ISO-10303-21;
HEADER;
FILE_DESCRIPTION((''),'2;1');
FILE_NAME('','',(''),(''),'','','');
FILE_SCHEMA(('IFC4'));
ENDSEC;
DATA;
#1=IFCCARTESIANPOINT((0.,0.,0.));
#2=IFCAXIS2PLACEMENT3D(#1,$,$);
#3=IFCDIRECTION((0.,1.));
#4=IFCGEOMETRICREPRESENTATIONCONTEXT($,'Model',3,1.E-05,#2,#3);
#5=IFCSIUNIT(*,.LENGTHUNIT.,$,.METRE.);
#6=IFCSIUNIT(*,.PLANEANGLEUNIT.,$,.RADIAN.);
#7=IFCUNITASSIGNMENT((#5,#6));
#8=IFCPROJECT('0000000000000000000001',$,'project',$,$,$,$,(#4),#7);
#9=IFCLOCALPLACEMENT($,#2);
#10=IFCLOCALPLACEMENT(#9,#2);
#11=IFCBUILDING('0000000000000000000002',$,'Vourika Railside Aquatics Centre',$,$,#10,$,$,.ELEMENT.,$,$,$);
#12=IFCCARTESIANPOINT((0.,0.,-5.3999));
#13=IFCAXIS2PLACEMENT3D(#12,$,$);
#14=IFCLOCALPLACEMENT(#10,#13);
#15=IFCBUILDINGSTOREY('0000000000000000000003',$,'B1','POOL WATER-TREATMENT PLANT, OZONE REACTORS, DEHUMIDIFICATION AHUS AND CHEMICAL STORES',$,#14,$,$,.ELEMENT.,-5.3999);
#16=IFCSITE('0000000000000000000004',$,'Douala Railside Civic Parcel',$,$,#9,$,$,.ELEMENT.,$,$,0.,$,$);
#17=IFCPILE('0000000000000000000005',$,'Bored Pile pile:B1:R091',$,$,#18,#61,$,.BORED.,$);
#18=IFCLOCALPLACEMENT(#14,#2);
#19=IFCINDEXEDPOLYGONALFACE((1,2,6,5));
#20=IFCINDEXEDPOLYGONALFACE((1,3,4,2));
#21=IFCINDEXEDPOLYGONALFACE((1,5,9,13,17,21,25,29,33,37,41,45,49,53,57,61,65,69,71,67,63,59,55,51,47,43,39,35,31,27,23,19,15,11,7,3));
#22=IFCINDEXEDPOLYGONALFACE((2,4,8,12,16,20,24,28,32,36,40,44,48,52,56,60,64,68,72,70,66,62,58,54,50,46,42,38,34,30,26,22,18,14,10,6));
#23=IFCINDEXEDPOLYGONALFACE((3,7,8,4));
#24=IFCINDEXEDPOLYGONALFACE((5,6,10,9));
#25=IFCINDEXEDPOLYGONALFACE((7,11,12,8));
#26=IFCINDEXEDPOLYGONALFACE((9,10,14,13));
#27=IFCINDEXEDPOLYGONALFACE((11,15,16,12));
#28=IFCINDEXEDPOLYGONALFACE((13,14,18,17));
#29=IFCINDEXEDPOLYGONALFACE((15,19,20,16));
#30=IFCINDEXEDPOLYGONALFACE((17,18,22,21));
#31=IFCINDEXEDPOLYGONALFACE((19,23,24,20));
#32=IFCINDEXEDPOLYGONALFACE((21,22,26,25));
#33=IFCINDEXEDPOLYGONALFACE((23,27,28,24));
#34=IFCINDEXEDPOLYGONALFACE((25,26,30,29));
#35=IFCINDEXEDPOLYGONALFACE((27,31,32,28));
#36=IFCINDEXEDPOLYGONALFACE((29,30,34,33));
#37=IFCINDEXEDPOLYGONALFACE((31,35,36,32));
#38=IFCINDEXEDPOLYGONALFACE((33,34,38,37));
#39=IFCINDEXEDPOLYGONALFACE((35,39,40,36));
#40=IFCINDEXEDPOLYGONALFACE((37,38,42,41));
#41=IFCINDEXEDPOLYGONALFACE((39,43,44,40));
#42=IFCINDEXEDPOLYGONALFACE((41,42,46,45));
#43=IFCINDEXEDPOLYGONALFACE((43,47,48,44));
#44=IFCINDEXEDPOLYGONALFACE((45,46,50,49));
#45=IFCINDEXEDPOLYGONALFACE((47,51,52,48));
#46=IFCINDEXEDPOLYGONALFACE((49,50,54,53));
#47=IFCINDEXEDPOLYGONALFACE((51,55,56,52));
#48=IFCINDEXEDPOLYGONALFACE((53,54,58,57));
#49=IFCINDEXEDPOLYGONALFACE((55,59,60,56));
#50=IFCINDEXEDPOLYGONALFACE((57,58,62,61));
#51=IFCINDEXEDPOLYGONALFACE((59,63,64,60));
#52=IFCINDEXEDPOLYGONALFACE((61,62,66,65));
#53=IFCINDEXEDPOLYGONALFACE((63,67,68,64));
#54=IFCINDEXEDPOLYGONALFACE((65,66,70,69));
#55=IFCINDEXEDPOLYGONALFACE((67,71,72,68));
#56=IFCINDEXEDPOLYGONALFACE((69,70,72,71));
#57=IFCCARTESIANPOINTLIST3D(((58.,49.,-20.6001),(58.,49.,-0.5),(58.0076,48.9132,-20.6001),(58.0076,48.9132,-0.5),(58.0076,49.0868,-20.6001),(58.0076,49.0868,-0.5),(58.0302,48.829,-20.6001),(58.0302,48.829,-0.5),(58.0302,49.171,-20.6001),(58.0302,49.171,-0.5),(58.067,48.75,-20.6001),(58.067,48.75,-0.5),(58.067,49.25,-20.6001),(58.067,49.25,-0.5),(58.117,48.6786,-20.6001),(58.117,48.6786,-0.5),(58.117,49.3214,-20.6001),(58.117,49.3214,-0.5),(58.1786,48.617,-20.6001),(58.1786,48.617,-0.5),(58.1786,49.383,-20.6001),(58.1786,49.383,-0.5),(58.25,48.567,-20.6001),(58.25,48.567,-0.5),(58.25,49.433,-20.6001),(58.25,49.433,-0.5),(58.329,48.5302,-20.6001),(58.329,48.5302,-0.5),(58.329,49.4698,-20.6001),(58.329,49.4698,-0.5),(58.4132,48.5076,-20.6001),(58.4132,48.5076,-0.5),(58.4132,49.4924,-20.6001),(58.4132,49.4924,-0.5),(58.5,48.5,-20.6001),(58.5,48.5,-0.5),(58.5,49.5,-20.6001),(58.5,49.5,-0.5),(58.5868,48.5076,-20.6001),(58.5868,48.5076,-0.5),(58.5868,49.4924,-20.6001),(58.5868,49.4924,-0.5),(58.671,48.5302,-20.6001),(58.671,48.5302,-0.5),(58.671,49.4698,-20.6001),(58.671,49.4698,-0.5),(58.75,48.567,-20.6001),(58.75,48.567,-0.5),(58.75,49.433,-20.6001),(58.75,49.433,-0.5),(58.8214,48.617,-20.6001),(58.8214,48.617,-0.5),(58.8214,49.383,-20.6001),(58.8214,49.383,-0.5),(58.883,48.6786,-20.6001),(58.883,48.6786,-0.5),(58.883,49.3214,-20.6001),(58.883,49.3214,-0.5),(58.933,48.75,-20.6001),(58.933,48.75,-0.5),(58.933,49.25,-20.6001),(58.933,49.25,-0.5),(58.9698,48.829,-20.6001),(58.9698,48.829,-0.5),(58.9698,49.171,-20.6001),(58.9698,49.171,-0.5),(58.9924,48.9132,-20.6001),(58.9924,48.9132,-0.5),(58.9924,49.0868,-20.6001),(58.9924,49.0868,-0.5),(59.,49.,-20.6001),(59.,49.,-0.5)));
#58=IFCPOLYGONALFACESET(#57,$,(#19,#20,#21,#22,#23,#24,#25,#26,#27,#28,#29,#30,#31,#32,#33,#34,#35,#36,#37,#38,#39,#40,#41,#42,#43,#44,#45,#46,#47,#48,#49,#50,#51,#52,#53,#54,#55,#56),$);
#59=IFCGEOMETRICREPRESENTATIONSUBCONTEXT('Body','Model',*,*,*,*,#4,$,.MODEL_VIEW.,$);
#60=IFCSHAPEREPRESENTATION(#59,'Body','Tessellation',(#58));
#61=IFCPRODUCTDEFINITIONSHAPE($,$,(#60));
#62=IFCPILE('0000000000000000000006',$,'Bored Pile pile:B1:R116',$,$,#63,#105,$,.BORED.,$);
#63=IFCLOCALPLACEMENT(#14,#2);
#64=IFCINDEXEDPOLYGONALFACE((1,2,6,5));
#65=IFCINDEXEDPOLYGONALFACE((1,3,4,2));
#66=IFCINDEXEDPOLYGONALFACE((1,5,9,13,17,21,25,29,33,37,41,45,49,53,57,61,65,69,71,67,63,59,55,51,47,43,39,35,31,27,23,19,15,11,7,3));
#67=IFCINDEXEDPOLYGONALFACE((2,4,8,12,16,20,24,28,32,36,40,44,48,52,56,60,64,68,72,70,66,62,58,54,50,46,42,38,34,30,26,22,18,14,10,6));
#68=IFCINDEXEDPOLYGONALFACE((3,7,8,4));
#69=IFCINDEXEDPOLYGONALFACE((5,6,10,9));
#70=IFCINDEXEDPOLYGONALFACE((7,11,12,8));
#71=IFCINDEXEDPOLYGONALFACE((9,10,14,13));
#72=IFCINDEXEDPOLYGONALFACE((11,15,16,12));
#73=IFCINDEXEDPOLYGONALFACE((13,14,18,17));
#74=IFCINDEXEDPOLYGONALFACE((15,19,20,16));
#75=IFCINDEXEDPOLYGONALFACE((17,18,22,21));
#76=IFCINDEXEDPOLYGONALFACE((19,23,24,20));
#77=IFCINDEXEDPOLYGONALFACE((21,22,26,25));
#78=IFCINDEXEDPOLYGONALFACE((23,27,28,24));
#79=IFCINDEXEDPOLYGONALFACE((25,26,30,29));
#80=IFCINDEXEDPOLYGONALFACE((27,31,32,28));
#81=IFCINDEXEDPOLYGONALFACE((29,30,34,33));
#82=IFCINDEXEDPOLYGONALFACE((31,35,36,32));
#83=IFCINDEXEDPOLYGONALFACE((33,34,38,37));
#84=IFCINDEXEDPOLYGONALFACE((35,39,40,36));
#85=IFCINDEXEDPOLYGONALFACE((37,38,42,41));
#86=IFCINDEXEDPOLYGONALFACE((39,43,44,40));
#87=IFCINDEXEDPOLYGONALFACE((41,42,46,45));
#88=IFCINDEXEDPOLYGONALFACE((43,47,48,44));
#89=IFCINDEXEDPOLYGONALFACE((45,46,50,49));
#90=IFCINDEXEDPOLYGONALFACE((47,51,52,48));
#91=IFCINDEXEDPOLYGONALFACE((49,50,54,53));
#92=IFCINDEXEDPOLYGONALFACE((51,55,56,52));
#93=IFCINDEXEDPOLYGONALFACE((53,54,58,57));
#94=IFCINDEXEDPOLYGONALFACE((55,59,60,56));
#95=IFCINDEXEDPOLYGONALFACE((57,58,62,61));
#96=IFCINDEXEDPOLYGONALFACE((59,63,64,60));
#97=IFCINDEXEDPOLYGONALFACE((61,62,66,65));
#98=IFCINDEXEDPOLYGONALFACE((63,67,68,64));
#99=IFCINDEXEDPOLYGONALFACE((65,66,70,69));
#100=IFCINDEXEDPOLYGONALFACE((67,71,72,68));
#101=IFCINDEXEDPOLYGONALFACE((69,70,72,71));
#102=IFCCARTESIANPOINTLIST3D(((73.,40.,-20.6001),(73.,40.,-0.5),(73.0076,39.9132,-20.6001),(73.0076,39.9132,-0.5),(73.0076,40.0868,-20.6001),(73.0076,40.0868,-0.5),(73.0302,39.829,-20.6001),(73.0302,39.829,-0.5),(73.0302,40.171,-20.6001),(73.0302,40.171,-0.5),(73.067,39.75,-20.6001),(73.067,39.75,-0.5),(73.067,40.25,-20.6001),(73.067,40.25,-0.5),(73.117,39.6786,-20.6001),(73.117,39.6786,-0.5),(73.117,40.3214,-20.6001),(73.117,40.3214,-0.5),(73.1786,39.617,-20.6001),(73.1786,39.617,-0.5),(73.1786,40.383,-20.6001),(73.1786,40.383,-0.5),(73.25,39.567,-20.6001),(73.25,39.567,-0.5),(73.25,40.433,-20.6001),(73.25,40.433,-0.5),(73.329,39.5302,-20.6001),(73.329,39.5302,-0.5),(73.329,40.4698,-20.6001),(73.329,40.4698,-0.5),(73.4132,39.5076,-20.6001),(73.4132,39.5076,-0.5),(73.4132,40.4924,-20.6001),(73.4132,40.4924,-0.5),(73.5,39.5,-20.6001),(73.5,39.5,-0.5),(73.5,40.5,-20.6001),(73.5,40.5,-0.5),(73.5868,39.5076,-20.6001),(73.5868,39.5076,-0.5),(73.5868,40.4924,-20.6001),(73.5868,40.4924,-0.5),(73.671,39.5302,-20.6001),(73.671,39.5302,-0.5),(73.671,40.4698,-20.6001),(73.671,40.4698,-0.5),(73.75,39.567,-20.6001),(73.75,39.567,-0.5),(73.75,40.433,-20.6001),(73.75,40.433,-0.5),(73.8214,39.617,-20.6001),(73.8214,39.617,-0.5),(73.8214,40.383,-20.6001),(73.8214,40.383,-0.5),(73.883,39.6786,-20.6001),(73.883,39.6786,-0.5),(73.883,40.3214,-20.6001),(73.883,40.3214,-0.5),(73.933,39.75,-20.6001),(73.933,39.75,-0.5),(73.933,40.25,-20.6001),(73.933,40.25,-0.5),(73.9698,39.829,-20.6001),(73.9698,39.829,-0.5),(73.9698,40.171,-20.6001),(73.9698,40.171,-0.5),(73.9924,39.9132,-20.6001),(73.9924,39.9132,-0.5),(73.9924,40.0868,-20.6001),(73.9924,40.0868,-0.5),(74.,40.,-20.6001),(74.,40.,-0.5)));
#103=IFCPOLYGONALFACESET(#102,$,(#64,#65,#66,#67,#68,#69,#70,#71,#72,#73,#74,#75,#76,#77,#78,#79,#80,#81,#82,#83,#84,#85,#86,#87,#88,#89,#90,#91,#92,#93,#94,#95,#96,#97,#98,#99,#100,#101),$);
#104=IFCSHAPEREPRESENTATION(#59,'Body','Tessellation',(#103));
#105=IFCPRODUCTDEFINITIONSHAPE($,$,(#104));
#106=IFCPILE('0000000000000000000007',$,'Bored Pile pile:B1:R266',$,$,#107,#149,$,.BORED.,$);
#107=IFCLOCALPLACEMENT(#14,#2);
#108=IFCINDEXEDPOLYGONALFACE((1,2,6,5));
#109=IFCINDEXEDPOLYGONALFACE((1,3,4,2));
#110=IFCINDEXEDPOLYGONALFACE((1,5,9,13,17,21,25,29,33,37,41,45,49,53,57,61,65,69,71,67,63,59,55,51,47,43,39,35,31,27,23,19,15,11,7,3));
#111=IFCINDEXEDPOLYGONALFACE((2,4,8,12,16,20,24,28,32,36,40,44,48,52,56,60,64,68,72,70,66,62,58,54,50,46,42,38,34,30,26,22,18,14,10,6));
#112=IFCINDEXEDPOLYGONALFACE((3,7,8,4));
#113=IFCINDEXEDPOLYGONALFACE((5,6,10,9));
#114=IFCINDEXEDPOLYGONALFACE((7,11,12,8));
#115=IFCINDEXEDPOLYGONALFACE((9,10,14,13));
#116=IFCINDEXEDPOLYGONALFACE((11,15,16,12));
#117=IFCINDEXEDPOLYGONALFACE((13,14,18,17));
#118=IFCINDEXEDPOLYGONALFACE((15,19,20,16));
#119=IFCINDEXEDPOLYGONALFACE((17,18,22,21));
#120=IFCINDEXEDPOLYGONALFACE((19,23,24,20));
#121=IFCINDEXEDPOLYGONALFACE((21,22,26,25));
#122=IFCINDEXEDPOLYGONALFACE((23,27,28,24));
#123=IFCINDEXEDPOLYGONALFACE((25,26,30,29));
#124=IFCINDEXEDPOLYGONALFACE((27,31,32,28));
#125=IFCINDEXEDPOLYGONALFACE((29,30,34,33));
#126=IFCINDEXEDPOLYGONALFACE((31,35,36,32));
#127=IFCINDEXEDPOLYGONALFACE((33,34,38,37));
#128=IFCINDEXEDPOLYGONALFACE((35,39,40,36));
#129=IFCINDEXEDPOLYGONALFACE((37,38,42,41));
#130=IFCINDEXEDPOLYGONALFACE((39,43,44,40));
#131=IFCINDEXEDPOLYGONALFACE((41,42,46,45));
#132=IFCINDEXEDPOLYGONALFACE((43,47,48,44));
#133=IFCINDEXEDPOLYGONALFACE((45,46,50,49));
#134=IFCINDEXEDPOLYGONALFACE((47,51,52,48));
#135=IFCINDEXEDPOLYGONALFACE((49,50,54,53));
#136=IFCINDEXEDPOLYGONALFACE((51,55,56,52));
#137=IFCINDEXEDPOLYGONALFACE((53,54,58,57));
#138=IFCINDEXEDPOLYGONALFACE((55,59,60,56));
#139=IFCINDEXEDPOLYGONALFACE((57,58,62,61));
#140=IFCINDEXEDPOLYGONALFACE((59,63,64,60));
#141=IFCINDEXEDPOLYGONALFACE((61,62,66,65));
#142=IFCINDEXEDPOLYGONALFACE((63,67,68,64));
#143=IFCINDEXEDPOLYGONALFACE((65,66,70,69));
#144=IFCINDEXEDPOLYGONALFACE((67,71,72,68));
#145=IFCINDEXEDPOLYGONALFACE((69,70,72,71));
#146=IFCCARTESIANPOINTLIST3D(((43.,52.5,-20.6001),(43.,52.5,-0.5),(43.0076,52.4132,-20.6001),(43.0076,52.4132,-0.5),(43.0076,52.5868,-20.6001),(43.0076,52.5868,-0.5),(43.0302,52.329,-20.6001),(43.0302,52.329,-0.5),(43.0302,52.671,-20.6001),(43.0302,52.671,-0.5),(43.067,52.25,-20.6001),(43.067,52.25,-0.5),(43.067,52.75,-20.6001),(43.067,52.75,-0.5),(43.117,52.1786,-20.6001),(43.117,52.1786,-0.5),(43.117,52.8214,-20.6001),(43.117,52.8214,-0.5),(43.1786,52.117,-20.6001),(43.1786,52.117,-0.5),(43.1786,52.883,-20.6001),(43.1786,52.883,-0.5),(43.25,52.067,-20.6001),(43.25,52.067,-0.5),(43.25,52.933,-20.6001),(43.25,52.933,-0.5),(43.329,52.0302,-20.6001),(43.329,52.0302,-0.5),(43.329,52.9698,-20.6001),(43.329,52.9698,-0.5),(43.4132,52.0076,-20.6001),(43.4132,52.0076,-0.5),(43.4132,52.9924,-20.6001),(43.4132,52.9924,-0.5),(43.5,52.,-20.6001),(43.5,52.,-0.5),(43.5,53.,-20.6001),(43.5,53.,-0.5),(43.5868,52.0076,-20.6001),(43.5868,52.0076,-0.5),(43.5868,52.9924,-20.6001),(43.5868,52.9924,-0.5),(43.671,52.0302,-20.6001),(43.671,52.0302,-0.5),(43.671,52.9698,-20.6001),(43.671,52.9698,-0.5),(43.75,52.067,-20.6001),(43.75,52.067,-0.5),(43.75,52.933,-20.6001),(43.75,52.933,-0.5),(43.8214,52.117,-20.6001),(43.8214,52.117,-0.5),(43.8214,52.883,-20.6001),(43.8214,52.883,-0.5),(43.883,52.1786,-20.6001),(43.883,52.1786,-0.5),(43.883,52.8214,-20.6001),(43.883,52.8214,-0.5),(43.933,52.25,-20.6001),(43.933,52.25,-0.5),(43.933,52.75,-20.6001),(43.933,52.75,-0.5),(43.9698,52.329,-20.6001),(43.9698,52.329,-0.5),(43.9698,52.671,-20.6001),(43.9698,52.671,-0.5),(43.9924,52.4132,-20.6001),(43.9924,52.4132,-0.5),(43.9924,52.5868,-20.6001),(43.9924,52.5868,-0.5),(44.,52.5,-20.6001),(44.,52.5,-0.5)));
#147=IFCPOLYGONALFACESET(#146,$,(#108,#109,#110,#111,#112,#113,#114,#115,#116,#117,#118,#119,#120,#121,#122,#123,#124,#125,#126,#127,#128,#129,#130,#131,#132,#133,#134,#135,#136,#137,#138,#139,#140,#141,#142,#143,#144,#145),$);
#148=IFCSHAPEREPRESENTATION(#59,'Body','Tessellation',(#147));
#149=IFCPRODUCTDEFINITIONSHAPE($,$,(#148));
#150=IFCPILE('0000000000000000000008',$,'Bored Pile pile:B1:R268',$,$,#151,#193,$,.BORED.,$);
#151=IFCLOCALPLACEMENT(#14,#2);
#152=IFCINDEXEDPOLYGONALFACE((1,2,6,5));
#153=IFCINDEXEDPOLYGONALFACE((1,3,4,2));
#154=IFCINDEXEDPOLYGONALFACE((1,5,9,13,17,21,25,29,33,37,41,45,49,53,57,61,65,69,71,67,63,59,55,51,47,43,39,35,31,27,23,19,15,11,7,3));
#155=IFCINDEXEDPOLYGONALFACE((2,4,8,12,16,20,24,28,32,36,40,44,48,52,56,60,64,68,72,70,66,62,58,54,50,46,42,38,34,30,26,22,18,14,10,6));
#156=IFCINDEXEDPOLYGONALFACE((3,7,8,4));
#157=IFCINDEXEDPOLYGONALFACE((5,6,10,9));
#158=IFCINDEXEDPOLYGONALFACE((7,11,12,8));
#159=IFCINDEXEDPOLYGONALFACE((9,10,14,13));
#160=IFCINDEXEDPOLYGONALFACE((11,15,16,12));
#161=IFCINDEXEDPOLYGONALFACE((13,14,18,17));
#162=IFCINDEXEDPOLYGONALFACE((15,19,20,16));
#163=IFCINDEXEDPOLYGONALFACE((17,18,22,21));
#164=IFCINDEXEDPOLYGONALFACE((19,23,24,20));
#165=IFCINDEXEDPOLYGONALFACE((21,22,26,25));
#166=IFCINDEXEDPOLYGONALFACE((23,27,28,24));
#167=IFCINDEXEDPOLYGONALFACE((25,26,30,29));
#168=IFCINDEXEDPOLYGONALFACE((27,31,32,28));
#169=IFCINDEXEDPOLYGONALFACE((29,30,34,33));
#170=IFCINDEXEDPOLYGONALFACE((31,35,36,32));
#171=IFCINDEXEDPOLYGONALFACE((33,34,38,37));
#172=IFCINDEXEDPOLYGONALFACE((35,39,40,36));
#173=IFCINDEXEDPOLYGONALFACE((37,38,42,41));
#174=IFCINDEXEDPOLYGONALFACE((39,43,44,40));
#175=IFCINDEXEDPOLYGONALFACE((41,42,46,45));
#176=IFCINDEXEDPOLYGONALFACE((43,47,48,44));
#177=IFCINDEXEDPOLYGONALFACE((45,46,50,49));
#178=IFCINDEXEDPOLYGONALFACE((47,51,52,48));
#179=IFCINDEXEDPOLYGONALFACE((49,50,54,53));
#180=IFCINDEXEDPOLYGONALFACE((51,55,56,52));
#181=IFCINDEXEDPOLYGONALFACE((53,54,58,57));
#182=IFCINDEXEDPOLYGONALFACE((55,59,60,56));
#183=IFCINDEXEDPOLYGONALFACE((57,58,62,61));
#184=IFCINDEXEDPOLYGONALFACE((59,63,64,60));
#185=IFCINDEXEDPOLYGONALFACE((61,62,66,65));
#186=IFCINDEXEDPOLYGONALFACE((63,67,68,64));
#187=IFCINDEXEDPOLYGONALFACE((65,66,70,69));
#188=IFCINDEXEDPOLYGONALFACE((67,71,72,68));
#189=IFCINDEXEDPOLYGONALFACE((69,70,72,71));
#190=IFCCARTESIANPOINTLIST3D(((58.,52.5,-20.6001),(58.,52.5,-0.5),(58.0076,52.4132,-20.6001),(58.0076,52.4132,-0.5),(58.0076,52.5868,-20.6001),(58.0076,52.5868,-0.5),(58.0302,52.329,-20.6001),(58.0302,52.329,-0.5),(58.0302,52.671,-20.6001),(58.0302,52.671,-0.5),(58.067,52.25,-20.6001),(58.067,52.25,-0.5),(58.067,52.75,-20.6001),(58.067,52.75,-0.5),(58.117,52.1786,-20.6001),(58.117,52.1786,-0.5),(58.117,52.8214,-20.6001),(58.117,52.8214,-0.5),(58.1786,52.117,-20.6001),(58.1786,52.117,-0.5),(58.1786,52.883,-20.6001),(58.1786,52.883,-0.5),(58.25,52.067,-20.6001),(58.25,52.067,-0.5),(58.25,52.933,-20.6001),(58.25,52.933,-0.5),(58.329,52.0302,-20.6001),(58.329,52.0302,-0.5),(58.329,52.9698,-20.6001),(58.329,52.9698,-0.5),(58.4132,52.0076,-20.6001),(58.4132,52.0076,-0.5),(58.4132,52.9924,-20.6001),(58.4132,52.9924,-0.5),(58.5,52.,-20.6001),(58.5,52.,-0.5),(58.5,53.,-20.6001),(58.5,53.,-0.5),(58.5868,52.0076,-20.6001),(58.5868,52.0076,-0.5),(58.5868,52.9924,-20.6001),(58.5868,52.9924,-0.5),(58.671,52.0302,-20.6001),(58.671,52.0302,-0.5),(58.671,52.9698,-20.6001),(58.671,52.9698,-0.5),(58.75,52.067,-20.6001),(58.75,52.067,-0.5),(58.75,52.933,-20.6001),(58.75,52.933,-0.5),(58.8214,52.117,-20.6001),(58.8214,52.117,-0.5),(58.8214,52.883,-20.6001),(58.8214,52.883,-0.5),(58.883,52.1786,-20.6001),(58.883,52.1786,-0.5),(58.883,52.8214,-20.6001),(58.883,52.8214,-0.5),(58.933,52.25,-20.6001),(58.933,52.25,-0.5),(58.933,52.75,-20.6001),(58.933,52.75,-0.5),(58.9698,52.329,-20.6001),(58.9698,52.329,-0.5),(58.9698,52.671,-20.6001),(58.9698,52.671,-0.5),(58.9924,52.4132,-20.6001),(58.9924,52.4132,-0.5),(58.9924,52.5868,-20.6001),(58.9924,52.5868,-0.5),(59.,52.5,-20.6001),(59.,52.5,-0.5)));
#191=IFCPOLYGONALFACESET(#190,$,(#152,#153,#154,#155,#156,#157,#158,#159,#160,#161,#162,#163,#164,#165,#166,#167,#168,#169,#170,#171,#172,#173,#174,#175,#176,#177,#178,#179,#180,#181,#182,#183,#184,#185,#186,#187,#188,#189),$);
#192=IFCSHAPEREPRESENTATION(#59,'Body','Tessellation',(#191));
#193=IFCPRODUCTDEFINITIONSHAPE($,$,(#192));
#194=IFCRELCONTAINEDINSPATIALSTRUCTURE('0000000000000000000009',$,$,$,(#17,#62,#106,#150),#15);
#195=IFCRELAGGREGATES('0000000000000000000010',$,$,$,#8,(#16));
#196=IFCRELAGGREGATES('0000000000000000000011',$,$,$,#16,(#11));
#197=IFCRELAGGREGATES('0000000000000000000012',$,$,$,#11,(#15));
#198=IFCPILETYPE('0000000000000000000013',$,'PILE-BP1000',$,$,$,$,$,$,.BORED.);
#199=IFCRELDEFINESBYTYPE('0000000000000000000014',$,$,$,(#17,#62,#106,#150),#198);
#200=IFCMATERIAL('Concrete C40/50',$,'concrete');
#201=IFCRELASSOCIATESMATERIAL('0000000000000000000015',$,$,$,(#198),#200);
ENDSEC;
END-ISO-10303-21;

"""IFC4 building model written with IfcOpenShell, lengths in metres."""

from ifc_helpers import new_model, si_unit, direction, frame, origin, origin_2d, place, context, subcontext, project, spatial, circle, extrude, material, material_profile, profile_set, type_object, element, save


model = new_model("IFC4")

# Units and contexts
model_context = context("Model", 3, precision=1e-05, world=origin(), true_north=direction((0.0, 1.0)))
body_context = subcontext(model_context, "Body", "Model", "MODEL_VIEW")
ifc_project = project(units=[si_unit("LENGTHUNIT", "METRE"), si_unit("PLANEANGLEUNIT", "RADIAN")], contexts=[model_context])

# Site, building, storey
site_placement = place(None, origin())
site = spatial("IfcSite", under=ifc_project, at=site_placement, Name="Douala Railside Civic Parcel", CompositionType="ELEMENT", RefElevation=0.0)
building_placement = place(site_placement, origin())
building = spatial("IfcBuilding", under=site, at=building_placement, Name="Vourika Railside Aquatics Centre", CompositionType="ELEMENT")
storey_placement = place(building_placement, frame((0.0, 0.0, -5.3999)))
storey = spatial("IfcBuildingStorey", under=building, at=storey_placement, Name="B1", Description="POOL WATER-TREATMENT PLANT, OZONE REACTORS, DEHUMIDIFICATION AHUS AND CHEMICAL STORES", CompositionType="ELEMENT", Elevation=-5.3999)

# Piles
ifc_material_1 = material(Name="Concrete C40/50", Category="concrete")
ifc_material_profile_1 = material_profile(ifc_material_1, circle(Radius=0.5, at=origin_2d()), Name="BP 1000")
ifc_profile_set_1 = profile_set([ifc_material_profile_1], Name="Concrete C40/50")
pile_type_1 = type_object("IfcPileType", Name="PILE-BP1000", PredefinedType="BORED", material=ifc_profile_set_1)
for number, where, z_axis, x_axis, name in (
    (1, (58.5, 49.0, -0.5), (0.0, 0.0, -1.0), (1.0, 0.0, 0.0), "Bored Pile pile:B1:R091"),
    (2, (73.5, 40.0, -0.5), (0.0, 0.0, -1.0), (1.0, 0.0, 0.0), "Bored Pile pile:B1:R116"),
    (3, (43.5, 52.5, -0.5), (0.0, 0.0, -1.0), (1.0, 0.0, 0.0), "Bored Pile pile:B1:R266"),
    (4, (58.5, 52.5, -0.5), (0.0, 0.0, -1.0), (1.0, 0.0, 0.0), "Bored Pile pile:B1:R268"),
):
    element("IfcPile", number, at=place(storey_placement, frame(where, z_axis=z_axis, x_axis=x_axis)), inside=storey, type_object=pile_type_1, Name=name, PredefinedType="BORED", context=body_context, shape_type="SweptSolid", body=[
        extrude(circle(Radius=0.5, at=origin_2d()), origin(), (0.0, 0.0, 1.0), 20.1001),
    ])

save(model, "model.ifc")
